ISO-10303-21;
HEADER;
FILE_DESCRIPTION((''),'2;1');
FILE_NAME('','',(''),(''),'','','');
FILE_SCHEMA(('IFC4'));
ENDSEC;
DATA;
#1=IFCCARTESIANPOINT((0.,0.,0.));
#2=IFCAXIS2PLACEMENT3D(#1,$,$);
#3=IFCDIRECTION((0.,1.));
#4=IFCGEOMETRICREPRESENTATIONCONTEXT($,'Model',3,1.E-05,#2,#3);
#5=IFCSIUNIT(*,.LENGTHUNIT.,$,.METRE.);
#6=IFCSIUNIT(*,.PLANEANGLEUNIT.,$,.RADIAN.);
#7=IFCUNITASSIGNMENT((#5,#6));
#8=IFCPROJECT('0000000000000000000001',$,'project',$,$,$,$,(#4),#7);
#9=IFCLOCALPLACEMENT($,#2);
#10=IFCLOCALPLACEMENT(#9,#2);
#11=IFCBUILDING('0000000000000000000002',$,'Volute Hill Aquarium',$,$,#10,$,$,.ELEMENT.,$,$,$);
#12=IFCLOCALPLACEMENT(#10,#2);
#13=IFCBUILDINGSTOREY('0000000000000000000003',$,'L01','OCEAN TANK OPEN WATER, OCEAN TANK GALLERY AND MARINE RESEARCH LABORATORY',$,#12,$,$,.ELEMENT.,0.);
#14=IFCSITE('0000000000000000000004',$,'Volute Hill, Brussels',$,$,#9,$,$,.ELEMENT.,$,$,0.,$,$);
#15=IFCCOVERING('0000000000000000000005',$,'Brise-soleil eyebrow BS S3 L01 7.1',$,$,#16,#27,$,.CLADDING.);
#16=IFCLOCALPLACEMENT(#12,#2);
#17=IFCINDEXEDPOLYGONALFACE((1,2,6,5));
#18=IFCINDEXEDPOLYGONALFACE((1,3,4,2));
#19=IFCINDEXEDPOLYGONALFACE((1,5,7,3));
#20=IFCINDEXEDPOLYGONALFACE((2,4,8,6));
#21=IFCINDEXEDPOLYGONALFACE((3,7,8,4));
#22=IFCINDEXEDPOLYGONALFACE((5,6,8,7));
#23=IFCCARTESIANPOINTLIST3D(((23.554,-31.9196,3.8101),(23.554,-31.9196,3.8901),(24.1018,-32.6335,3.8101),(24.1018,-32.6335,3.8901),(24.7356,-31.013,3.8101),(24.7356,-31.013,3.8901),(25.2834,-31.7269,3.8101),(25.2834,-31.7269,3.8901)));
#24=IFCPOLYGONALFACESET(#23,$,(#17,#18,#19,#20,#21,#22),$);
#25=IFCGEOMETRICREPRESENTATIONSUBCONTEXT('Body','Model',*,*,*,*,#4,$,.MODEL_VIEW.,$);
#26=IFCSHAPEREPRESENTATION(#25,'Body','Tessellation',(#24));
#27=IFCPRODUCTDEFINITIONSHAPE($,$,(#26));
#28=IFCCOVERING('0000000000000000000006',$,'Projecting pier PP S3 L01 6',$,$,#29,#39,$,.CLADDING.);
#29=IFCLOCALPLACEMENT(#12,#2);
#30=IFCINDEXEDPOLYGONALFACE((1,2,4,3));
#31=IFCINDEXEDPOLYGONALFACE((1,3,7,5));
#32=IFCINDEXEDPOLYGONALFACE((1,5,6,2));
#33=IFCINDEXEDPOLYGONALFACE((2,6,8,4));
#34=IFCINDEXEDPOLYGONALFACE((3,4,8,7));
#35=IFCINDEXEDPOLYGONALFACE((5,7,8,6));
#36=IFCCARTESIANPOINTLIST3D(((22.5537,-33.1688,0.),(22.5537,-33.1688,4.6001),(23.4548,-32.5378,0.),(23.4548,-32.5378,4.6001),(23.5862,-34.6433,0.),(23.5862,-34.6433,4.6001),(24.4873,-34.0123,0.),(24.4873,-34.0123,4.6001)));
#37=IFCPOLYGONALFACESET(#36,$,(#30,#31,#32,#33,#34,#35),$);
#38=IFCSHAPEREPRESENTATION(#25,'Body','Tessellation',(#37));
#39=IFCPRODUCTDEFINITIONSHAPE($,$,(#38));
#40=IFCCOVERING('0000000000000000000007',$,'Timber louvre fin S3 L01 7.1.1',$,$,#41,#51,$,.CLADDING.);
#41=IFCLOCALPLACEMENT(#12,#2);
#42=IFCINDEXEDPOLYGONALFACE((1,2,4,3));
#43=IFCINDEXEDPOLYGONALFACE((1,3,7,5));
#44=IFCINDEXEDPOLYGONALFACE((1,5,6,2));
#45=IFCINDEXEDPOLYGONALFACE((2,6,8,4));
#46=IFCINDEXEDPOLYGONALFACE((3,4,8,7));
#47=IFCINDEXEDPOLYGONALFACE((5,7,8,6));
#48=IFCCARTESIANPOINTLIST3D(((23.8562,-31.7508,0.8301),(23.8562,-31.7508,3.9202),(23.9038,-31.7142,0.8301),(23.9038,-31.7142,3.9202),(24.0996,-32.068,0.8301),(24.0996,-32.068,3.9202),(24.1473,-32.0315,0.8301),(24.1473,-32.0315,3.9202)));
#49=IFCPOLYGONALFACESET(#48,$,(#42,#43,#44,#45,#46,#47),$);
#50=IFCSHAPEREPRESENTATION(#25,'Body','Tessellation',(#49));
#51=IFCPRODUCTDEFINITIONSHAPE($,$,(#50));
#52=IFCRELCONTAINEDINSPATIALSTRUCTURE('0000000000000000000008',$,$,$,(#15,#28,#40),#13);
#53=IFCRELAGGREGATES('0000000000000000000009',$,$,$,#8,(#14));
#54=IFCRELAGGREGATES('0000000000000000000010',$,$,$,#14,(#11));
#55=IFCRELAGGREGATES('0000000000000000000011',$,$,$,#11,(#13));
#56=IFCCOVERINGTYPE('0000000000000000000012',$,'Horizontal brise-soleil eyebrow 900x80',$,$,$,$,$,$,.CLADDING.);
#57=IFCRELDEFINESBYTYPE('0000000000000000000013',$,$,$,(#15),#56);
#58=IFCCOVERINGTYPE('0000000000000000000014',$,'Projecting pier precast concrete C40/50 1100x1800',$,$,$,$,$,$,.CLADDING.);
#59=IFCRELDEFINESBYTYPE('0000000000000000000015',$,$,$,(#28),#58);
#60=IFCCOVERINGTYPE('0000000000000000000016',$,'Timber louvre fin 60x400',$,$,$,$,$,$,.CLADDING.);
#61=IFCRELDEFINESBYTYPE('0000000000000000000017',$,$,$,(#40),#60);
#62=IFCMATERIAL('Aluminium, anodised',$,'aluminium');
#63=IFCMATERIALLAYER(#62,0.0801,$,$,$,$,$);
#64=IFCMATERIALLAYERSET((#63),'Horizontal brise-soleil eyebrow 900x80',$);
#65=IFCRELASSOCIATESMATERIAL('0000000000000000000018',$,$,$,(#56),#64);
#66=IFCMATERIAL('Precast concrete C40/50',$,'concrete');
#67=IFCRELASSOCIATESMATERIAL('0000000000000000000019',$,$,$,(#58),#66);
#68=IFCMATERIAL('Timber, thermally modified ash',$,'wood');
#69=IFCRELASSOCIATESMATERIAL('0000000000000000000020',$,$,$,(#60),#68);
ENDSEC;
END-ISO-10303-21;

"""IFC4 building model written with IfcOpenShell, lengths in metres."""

from ifc_helpers import new_model, si_unit, direction, frame, origin, origin_2d, place, context, subcontext, project, spatial, rectangle, extrude, material, layer, layer_set, type_object, element, save


model = new_model("IFC4")

# Units and contexts
model_context = context("Model", 3, precision=1e-05, world=origin(), true_north=direction((0.0, 1.0)))
body_context = subcontext(model_context, "Body", "Model", "MODEL_VIEW")
ifc_project = project(units=[si_unit("LENGTHUNIT", "METRE"), si_unit("PLANEANGLEUNIT", "RADIAN")], contexts=[model_context])

# Site, building, storey
site_placement = place(None, origin())
site = spatial("IfcSite", under=ifc_project, at=site_placement, Name="Volute Hill, Brussels", CompositionType="ELEMENT", RefElevation=0.0)
building_placement = place(site_placement, origin())
building = spatial("IfcBuilding", under=site, at=building_placement, Name="Volute Hill Aquarium", CompositionType="ELEMENT")
storey_placement = place(building_placement, origin())
storey = spatial("IfcBuildingStorey", under=building, at=storey_placement, Name="L01", Description="OCEAN TANK OPEN WATER, OCEAN TANK GALLERY AND MARINE RESEARCH LABORATORY", CompositionType="ELEMENT", Elevation=0.0)

# Coverings
ifc_material_1 = material(Name="Aluminium, anodised", Category="aluminium")
ifc_layer_1 = layer(ifc_material_1, 0.0801)
ifc_layer_set_1 = layer_set([ifc_layer_1], Name="Horizontal brise-soleil eyebrow 900x80")
covering_type_1 = type_object("IfcCoveringType", Name="Horizontal brise-soleil eyebrow 900x80", PredefinedType="CLADDING", material=ifc_layer_set_1)
covering_1_placement = place(storey_placement, frame((24.4187, -31.8232, 3.8101), z_axis=(0.0, 0.0, 1.0), x_axis=(0.793365, 0.608746, 0.0)))
element("IfcCovering", 1, at=covering_1_placement, inside=storey, type_object=covering_type_1, Name="Brise-soleil eyebrow BS S3 L01 7.1", PredefinedType="CLADDING", context=body_context, shape_type="SweptSolid", body=[
    extrude(rectangle(XDim=1.4893, YDim=0.8999, at=origin_2d()), origin(), (0.0, 0.0, 1.0), 0.0801),
])
ifc_material_2 = material(Name="Precast concrete C40/50", Category="concrete")
covering_type_2 = type_object("IfcCoveringType", Name="Projecting pier precast concrete C40/50 1100x1800", PredefinedType="CLADDING", material=ifc_material_2)
covering_2_placement = place(storey_placement, frame((23.5205, -33.5906, 0.0), z_axis=(0.0, 0.0, 1.0), x_axis=(0.819152, 0.573576, 0.0)))
element("IfcCovering", 2, at=covering_2_placement, inside=storey, type_object=covering_type_2, Name="Projecting pier PP S3 L01 6", PredefinedType="CLADDING", context=body_context, shape_type="SweptSolid", body=[
    extrude(rectangle(XDim=1.1001, YDim=1.8, at=origin_2d()), origin(), (0.0, 0.0, 1.0), 4.6001),
])
ifc_material_3 = material(Name="Timber, thermally modified ash", Category="wood")
covering_type_3 = type_object("IfcCoveringType", Name="Timber louvre fin 60x400", PredefinedType="CLADDING", material=ifc_material_3)
covering_3_placement = place(storey_placement, frame((24.0017, -31.8911, 0.8301), z_axis=(0.0, 0.0, 1.0), x_axis=(0.793365, 0.608746, 0.0)))
element("IfcCovering", 3, at=covering_3_placement, inside=storey, type_object=covering_type_3, Name="Timber louvre fin S3 L01 7.1.1", PredefinedType="CLADDING", context=body_context, shape_type="SweptSolid", body=[
    extrude(rectangle(XDim=0.0601, YDim=0.3999, at=origin_2d()), origin(), (0.0, 0.0, 1.0), 3.0901),
])

save(model, "model.ifc")
